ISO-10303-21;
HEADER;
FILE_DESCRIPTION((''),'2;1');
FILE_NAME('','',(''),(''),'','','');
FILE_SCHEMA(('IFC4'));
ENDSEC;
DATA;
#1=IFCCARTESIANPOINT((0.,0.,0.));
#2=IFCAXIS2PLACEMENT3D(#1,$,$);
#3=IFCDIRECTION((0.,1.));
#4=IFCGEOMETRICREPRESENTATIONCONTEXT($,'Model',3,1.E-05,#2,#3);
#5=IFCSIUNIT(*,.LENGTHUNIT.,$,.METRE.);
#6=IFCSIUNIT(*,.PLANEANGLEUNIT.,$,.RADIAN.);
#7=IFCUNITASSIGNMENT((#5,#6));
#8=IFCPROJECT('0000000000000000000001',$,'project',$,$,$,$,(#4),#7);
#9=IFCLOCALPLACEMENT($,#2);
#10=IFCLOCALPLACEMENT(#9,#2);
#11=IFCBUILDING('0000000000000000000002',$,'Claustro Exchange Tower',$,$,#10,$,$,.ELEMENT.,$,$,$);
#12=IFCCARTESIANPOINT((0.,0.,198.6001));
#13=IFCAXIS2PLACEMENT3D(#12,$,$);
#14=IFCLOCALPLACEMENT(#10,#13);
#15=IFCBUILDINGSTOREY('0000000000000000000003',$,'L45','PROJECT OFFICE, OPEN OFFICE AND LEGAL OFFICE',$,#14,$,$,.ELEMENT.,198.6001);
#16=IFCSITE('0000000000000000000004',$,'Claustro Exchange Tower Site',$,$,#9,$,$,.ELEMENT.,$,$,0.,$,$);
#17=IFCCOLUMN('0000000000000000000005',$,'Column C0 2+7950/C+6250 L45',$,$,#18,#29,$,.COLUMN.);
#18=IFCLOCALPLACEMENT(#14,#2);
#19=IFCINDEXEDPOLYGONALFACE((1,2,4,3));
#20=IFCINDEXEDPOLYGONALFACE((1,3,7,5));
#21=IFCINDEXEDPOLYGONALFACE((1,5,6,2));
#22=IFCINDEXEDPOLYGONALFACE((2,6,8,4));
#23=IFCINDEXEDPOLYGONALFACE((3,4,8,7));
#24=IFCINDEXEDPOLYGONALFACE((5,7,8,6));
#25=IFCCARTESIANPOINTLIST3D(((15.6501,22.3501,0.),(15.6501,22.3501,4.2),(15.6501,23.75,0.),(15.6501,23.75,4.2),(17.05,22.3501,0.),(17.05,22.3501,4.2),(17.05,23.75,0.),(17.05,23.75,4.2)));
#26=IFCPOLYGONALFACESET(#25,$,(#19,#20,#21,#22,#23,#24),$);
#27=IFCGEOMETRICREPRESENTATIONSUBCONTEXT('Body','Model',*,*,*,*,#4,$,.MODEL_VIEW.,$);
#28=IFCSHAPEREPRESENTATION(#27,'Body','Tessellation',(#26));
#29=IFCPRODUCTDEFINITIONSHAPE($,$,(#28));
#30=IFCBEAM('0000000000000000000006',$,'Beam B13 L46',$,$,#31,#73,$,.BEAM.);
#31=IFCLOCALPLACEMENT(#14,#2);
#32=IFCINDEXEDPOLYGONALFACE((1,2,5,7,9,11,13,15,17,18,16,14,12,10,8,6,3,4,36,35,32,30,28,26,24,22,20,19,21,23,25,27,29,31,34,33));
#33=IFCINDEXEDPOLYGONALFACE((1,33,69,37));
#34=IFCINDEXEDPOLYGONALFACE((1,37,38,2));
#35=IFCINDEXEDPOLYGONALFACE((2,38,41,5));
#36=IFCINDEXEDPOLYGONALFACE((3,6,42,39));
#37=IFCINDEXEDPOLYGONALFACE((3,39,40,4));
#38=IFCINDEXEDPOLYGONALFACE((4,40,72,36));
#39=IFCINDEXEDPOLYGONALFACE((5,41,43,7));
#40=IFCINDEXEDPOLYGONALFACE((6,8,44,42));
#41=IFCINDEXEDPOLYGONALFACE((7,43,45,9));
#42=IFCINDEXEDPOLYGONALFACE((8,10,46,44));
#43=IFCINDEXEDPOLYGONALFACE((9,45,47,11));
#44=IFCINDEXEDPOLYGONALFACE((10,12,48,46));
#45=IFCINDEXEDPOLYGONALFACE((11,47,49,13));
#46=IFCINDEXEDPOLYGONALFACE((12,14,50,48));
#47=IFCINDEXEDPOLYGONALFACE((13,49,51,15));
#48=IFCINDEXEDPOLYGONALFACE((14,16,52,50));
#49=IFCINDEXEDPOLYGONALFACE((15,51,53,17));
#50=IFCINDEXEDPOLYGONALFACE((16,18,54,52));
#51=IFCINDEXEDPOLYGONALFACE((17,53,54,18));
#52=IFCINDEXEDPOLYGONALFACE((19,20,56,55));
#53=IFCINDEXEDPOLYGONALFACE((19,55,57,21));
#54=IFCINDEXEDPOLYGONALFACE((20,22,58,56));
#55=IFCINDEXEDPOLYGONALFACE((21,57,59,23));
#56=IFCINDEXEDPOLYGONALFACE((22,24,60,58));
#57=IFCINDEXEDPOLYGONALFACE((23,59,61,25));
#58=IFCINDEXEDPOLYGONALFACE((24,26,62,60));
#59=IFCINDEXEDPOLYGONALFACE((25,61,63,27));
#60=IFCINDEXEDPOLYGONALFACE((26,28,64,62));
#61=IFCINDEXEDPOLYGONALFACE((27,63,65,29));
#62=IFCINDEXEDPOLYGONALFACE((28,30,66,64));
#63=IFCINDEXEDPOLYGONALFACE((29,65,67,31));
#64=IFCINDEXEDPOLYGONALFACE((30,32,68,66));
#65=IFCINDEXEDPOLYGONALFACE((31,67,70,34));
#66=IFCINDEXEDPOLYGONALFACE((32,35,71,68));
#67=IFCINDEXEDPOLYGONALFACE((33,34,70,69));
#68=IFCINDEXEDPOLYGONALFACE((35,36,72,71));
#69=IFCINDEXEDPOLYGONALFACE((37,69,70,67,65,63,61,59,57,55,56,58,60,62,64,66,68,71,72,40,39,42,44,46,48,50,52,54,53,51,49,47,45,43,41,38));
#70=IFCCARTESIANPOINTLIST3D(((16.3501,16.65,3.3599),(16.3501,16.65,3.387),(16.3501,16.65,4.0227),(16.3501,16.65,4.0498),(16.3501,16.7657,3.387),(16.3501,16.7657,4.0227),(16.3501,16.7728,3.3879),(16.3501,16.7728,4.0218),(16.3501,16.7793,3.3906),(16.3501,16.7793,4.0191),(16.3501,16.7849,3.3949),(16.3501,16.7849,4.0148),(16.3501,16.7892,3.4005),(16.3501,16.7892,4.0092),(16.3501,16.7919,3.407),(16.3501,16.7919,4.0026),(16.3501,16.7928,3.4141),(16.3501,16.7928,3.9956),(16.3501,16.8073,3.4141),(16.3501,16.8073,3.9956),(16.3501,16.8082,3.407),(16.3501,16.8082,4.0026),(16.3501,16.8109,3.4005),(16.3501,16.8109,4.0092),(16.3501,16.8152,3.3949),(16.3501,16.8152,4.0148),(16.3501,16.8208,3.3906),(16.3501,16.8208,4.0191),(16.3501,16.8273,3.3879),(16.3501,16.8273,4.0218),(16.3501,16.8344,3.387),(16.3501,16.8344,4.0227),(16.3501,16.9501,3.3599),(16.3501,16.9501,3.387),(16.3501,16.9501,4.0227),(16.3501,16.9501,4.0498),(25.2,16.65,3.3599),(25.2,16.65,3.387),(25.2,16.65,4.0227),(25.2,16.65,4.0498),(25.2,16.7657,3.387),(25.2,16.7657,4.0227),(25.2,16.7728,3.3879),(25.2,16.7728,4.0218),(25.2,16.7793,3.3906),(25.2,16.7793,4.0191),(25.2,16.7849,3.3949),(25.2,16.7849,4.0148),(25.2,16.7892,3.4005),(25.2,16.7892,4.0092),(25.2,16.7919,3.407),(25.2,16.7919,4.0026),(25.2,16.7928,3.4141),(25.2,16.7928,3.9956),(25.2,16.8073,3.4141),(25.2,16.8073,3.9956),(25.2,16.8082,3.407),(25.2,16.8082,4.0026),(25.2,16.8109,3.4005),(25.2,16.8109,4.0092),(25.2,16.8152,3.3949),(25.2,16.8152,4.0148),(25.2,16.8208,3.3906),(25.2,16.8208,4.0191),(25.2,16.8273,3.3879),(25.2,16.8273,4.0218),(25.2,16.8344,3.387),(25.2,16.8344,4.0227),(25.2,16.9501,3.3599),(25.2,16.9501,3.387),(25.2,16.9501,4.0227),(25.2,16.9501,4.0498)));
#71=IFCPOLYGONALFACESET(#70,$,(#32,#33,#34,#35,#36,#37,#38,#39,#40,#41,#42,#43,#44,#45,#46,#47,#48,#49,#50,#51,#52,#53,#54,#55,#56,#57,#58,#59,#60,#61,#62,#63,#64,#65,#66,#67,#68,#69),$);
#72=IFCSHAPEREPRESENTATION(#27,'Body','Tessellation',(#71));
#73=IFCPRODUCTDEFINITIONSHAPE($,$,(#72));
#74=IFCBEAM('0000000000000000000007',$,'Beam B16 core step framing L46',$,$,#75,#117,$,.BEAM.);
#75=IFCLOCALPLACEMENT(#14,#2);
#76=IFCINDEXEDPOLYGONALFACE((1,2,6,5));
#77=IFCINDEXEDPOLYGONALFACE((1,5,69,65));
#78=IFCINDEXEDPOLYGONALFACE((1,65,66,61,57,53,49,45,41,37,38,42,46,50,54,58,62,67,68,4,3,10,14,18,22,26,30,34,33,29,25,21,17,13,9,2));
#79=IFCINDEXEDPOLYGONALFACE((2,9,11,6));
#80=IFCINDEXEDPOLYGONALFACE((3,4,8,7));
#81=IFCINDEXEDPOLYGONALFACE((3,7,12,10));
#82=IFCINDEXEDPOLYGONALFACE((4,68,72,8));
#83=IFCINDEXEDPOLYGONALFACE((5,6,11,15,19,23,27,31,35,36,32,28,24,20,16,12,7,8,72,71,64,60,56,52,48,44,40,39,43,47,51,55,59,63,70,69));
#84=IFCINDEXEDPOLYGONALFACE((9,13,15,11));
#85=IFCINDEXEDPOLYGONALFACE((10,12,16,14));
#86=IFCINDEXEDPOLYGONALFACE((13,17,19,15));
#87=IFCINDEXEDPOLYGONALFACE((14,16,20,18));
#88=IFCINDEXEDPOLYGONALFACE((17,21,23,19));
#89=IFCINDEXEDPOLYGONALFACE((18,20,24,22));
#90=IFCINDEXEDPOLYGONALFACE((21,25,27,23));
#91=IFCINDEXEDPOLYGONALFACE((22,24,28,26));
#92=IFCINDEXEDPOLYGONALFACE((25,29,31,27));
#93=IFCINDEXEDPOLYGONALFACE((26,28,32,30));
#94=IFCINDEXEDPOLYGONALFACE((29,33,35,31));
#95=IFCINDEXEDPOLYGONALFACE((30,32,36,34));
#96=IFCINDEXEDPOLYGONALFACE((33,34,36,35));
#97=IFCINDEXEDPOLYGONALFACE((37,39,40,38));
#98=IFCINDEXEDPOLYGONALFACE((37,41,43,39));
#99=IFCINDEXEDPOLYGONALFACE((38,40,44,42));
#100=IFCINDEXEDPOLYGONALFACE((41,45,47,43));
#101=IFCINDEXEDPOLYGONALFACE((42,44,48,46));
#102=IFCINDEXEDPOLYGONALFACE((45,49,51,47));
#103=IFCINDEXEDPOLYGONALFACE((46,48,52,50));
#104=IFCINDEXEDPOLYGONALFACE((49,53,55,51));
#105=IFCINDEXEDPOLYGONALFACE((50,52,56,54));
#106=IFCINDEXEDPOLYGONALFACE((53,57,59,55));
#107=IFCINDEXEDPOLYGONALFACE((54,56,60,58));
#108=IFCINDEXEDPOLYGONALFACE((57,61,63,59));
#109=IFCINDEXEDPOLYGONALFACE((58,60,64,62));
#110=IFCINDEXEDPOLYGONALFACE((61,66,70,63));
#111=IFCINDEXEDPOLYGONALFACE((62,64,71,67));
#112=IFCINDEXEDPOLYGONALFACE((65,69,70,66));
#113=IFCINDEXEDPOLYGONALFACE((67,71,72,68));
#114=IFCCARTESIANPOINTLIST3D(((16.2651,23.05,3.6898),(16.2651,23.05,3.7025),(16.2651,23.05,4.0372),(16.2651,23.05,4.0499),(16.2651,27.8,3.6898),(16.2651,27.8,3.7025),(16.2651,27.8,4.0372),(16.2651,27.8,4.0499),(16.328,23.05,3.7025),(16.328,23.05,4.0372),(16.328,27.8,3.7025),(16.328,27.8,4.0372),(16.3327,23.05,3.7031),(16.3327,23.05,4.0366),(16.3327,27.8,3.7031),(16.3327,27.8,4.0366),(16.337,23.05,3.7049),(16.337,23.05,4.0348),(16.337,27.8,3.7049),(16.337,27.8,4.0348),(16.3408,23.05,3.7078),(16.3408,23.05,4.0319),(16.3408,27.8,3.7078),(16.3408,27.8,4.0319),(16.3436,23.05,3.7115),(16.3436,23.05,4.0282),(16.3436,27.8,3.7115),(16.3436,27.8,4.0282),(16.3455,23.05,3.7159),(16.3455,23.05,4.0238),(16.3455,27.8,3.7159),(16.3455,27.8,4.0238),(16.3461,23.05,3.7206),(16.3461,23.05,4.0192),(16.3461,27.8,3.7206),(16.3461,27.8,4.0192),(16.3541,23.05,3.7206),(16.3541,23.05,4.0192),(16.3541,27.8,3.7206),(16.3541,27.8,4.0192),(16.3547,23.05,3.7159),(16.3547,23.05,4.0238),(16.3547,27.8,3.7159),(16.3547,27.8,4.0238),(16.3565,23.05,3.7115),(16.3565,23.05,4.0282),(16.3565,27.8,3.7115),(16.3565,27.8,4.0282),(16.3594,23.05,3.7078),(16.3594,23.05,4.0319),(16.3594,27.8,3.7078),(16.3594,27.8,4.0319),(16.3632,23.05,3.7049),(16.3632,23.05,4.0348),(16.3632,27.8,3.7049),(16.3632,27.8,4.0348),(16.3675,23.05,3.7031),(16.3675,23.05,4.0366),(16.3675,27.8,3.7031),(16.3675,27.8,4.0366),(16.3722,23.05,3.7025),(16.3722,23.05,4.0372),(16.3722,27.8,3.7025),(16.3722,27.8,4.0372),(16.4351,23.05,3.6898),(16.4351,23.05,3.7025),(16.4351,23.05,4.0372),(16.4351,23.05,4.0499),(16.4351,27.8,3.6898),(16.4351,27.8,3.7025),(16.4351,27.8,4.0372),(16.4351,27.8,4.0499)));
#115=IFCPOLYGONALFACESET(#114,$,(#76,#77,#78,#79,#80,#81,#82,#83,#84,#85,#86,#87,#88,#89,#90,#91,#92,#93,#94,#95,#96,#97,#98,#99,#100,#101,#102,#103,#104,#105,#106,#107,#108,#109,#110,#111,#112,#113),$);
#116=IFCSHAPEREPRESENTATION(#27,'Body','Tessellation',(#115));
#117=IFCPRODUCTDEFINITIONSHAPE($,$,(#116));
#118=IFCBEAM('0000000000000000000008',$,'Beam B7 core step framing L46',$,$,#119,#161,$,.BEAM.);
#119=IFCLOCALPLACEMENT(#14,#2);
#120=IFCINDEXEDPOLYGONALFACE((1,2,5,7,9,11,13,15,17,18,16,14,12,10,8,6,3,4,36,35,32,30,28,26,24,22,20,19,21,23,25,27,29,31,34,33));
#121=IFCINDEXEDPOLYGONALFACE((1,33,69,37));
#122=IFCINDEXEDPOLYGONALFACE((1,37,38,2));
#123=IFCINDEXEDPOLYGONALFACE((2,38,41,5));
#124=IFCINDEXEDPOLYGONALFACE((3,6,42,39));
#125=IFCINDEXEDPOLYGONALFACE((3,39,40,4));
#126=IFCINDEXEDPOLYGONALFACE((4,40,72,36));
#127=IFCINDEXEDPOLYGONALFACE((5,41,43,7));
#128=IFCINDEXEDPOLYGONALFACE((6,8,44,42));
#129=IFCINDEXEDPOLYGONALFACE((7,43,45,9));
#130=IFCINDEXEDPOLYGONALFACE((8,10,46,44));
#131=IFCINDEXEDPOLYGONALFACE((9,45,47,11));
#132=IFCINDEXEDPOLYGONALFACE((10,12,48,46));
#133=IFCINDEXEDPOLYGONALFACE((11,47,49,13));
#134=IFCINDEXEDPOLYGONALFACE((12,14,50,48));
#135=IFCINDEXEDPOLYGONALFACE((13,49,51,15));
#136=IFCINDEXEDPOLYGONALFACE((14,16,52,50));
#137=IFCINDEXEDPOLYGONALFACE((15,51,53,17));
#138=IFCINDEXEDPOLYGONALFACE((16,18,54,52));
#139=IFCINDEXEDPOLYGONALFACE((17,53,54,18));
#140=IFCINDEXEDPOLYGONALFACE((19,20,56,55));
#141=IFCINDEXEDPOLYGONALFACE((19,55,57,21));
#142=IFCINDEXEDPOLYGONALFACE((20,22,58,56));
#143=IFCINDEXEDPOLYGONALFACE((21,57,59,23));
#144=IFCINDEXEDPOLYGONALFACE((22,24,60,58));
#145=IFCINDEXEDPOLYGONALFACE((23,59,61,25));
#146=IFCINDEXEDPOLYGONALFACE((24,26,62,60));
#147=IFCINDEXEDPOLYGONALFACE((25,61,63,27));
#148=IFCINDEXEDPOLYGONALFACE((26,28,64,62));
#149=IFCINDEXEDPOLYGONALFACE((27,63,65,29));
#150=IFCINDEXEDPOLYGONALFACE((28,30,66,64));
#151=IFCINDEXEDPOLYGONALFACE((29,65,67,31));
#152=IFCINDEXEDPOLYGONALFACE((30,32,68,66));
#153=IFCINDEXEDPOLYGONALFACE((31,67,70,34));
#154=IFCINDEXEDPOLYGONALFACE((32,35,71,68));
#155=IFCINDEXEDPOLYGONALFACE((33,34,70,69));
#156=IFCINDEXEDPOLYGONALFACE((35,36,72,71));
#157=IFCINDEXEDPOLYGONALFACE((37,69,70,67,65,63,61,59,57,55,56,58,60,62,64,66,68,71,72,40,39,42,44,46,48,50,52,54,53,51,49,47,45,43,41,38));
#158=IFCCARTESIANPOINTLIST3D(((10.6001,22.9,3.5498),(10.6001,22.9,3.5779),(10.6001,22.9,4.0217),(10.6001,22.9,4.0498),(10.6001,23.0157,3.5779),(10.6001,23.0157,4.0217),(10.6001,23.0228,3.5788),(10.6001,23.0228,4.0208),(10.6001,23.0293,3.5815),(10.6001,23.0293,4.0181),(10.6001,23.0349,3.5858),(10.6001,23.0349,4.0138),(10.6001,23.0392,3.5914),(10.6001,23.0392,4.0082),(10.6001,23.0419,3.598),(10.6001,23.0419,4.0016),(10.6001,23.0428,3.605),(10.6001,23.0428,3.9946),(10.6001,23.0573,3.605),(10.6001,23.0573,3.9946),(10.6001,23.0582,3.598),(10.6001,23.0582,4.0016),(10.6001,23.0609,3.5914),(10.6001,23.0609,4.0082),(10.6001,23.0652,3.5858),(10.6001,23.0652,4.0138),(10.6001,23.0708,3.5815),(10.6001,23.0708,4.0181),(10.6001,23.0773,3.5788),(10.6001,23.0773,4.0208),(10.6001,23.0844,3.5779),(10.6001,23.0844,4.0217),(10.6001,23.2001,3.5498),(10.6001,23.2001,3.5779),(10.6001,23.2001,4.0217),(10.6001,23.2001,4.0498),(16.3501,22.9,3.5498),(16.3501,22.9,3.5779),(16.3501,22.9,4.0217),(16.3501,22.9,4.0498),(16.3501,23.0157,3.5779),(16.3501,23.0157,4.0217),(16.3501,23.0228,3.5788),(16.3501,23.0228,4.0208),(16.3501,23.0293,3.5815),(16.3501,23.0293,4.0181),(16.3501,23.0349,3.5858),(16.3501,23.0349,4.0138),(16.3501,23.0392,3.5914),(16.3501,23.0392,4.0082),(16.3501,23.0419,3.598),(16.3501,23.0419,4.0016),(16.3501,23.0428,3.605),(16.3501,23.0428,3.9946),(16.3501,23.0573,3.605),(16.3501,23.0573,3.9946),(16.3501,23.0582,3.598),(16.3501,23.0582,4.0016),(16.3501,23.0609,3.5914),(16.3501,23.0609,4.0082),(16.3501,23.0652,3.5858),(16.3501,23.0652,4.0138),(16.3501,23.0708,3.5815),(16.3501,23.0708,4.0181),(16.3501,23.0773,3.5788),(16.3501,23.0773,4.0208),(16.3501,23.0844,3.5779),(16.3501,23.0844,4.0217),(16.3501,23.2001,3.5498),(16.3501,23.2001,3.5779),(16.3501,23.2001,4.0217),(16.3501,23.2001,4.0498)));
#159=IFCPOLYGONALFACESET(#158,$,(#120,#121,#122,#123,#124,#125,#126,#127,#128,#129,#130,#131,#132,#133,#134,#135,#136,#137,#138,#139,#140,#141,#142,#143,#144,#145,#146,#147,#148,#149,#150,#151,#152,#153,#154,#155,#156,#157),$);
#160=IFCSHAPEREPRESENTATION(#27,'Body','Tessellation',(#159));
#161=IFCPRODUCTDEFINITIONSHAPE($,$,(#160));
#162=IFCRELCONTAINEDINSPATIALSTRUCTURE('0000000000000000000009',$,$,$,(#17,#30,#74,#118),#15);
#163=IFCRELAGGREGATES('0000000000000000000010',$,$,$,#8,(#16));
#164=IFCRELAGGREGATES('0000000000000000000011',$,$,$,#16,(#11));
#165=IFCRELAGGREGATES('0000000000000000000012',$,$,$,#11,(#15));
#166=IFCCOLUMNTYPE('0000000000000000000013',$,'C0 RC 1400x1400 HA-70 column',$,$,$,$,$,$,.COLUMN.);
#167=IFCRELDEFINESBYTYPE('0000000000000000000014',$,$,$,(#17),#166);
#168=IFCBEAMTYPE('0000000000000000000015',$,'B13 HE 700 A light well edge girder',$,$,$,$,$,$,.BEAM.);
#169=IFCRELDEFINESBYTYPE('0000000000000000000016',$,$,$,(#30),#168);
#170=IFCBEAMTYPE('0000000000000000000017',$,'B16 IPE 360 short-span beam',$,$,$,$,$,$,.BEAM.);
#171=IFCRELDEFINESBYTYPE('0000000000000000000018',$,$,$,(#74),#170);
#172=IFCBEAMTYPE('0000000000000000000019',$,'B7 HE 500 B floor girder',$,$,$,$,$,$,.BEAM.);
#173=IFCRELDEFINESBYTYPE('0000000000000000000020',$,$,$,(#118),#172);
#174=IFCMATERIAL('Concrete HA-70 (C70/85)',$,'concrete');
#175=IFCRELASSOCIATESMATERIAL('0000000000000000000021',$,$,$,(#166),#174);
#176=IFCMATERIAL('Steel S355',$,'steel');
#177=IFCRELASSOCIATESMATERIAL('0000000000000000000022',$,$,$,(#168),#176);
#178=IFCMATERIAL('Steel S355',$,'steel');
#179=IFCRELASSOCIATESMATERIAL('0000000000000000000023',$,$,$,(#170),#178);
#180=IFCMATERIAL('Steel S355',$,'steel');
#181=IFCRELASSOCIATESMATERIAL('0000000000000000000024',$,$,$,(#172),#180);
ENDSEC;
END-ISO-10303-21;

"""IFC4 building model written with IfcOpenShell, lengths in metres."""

from ifc_helpers import new_model, si_unit, direction, frame, origin, origin_2d, place, context, subcontext, project, spatial, rectangle, i_section, extrude, material, material_profile, profile_set, type_object, element, save


model = new_model("IFC4")

# Units and contexts
model_context = context("Model", 3, precision=1e-05, world=origin(), true_north=direction((0.0, 1.0)))
body_context = subcontext(model_context, "Body", "Model", "MODEL_VIEW")
ifc_project = project(units=[si_unit("LENGTHUNIT", "METRE"), si_unit("PLANEANGLEUNIT", "RADIAN")], contexts=[model_context])

# Site, building, storey
site_placement = place(None, origin())
site = spatial("IfcSite", under=ifc_project, at=site_placement, Name="Claustro Exchange Tower Site", CompositionType="ELEMENT", RefElevation=0.0)
building_placement = place(site_placement, origin())
building = spatial("IfcBuilding", under=site, at=building_placement, Name="Claustro Exchange Tower", CompositionType="ELEMENT")
storey_placement = place(building_placement, frame((0.0, 0.0, 198.6001)))
storey = spatial("IfcBuildingStorey", under=building, at=storey_placement, Name="L45", Description="PROJECT OFFICE, OPEN OFFICE AND LEGAL OFFICE", CompositionType="ELEMENT", Elevation=198.6001)

# Column
ifc_material_1 = material(Name="Concrete HA-70 (C70/85)", Category="concrete")
ifc_material_profile_1 = material_profile(ifc_material_1, rectangle(XDim=1.3999, YDim=1.3999, at=origin_2d()), Name="RC 1400x1400")
ifc_profile_set_1 = profile_set([ifc_material_profile_1], Name="Concrete HA-70 (C70/85)")
column_type = type_object("IfcColumnType", Name="C0 RC 1400x1400 HA-70 column", PredefinedType="COLUMN", material=ifc_profile_set_1)
column_placement = place(storey_placement, frame((16.3501, 23.05, 0.0), z_axis=(0.0, 0.0, 1.0), x_axis=(1.0, 0.0, 0.0)))
element("IfcColumn", 1, at=column_placement, inside=storey, type_object=column_type, Name="Column C0 2+7950/C+6250 L45", PredefinedType="COLUMN", context=body_context, shape_type="SweptSolid", body=[
    extrude(rectangle(XDim=1.3999, YDim=1.3999, at=origin_2d()), origin(), (0.0, 0.0, 1.0), 4.2),
])

# Beams
ifc_material_2 = material(Name="Steel S355", Category="steel")
ifc_material_profile_2 = material_profile(ifc_material_2, i_section(OverallWidth=0.3, OverallDepth=0.6899, WebThickness=0.0144, FlangeThickness=0.0271, FilletRadius=0.0271, at=origin_2d()), Name="HE 700 A")
ifc_profile_set_2 = profile_set([ifc_material_profile_2], Name="Steel S355")
beam_type_1 = type_object("IfcBeamType", Name="B13 HE 700 A light well edge girder", PredefinedType="BEAM", material=ifc_profile_set_2)
beam_1_placement = place(storey_placement, frame((16.3501, 16.8, 3.7048), z_axis=(1.0, 0.0, 0.0), x_axis=(0.0, 1.0, 0.0)))
element("IfcBeam", 2, at=beam_1_placement, inside=storey, type_object=beam_type_1, Name="Beam B13 L46", PredefinedType="BEAM", context=body_context, shape_type="SweptSolid", body=[
    extrude(i_section(OverallWidth=0.3, OverallDepth=0.6899, WebThickness=0.0144, FlangeThickness=0.0271, FilletRadius=0.0271, at=origin_2d()), origin(), (0.0, 0.0, 1.0), 8.8499),
])
ifc_material_3 = material(Name="Steel S355", Category="steel")
ifc_material_profile_3 = material_profile(ifc_material_3, i_section(OverallWidth=0.1699, OverallDepth=0.3601, WebThickness=0.0081, FlangeThickness=0.0127, FilletRadius=0.0181, at=origin_2d()), Name="IPE 360")
ifc_profile_set_3 = profile_set([ifc_material_profile_3], Name="Steel S355")
beam_type_2 = type_object("IfcBeamType", Name="B16 IPE 360 short-span beam", PredefinedType="BEAM", material=ifc_profile_set_3)
beam_2_placement = place(storey_placement, frame((16.3501, 23.05, 3.8699), z_axis=(0.0, 1.0, 0.0), x_axis=(-1.0, 0.0, 0.0)))
element("IfcBeam", 3, at=beam_2_placement, inside=storey, type_object=beam_type_2, Name="Beam B16 core step framing L46", PredefinedType="BEAM", context=body_context, shape_type="SweptSolid", body=[
    extrude(i_section(OverallWidth=0.1699, OverallDepth=0.3601, WebThickness=0.0081, FlangeThickness=0.0127, FilletRadius=0.0181, at=origin_2d()), origin(), (0.0, 0.0, 1.0), 4.75),
])
ifc_material_4 = material(Name="Steel S355", Category="steel")
ifc_material_profile_4 = material_profile(ifc_material_4, i_section(OverallWidth=0.3, OverallDepth=0.5, WebThickness=0.0144, FlangeThickness=0.0281, FilletRadius=0.0271, at=origin_2d()), Name="HE 500 B")
ifc_profile_set_4 = profile_set([ifc_material_profile_4], Name="Steel S355")
beam_type_3 = type_object("IfcBeamType", Name="B7 HE 500 B floor girder", PredefinedType="BEAM", material=ifc_profile_set_4)
beam_3_placement = place(storey_placement, frame((10.6001, 23.05, 3.7998), z_axis=(1.0, 0.0, 0.0), x_axis=(0.0, 1.0, 0.0)))
element("IfcBeam", 4, at=beam_3_placement, inside=storey, type_object=beam_type_3, Name="Beam B7 core step framing L46", PredefinedType="BEAM", context=body_context, shape_type="SweptSolid", body=[
    extrude(i_section(OverallWidth=0.3, OverallDepth=0.5, WebThickness=0.0144, FlangeThickness=0.0281, FilletRadius=0.0271, at=origin_2d()), origin(), (0.0, 0.0, 1.0), 5.75),
])

save(model, "model.ifc")
